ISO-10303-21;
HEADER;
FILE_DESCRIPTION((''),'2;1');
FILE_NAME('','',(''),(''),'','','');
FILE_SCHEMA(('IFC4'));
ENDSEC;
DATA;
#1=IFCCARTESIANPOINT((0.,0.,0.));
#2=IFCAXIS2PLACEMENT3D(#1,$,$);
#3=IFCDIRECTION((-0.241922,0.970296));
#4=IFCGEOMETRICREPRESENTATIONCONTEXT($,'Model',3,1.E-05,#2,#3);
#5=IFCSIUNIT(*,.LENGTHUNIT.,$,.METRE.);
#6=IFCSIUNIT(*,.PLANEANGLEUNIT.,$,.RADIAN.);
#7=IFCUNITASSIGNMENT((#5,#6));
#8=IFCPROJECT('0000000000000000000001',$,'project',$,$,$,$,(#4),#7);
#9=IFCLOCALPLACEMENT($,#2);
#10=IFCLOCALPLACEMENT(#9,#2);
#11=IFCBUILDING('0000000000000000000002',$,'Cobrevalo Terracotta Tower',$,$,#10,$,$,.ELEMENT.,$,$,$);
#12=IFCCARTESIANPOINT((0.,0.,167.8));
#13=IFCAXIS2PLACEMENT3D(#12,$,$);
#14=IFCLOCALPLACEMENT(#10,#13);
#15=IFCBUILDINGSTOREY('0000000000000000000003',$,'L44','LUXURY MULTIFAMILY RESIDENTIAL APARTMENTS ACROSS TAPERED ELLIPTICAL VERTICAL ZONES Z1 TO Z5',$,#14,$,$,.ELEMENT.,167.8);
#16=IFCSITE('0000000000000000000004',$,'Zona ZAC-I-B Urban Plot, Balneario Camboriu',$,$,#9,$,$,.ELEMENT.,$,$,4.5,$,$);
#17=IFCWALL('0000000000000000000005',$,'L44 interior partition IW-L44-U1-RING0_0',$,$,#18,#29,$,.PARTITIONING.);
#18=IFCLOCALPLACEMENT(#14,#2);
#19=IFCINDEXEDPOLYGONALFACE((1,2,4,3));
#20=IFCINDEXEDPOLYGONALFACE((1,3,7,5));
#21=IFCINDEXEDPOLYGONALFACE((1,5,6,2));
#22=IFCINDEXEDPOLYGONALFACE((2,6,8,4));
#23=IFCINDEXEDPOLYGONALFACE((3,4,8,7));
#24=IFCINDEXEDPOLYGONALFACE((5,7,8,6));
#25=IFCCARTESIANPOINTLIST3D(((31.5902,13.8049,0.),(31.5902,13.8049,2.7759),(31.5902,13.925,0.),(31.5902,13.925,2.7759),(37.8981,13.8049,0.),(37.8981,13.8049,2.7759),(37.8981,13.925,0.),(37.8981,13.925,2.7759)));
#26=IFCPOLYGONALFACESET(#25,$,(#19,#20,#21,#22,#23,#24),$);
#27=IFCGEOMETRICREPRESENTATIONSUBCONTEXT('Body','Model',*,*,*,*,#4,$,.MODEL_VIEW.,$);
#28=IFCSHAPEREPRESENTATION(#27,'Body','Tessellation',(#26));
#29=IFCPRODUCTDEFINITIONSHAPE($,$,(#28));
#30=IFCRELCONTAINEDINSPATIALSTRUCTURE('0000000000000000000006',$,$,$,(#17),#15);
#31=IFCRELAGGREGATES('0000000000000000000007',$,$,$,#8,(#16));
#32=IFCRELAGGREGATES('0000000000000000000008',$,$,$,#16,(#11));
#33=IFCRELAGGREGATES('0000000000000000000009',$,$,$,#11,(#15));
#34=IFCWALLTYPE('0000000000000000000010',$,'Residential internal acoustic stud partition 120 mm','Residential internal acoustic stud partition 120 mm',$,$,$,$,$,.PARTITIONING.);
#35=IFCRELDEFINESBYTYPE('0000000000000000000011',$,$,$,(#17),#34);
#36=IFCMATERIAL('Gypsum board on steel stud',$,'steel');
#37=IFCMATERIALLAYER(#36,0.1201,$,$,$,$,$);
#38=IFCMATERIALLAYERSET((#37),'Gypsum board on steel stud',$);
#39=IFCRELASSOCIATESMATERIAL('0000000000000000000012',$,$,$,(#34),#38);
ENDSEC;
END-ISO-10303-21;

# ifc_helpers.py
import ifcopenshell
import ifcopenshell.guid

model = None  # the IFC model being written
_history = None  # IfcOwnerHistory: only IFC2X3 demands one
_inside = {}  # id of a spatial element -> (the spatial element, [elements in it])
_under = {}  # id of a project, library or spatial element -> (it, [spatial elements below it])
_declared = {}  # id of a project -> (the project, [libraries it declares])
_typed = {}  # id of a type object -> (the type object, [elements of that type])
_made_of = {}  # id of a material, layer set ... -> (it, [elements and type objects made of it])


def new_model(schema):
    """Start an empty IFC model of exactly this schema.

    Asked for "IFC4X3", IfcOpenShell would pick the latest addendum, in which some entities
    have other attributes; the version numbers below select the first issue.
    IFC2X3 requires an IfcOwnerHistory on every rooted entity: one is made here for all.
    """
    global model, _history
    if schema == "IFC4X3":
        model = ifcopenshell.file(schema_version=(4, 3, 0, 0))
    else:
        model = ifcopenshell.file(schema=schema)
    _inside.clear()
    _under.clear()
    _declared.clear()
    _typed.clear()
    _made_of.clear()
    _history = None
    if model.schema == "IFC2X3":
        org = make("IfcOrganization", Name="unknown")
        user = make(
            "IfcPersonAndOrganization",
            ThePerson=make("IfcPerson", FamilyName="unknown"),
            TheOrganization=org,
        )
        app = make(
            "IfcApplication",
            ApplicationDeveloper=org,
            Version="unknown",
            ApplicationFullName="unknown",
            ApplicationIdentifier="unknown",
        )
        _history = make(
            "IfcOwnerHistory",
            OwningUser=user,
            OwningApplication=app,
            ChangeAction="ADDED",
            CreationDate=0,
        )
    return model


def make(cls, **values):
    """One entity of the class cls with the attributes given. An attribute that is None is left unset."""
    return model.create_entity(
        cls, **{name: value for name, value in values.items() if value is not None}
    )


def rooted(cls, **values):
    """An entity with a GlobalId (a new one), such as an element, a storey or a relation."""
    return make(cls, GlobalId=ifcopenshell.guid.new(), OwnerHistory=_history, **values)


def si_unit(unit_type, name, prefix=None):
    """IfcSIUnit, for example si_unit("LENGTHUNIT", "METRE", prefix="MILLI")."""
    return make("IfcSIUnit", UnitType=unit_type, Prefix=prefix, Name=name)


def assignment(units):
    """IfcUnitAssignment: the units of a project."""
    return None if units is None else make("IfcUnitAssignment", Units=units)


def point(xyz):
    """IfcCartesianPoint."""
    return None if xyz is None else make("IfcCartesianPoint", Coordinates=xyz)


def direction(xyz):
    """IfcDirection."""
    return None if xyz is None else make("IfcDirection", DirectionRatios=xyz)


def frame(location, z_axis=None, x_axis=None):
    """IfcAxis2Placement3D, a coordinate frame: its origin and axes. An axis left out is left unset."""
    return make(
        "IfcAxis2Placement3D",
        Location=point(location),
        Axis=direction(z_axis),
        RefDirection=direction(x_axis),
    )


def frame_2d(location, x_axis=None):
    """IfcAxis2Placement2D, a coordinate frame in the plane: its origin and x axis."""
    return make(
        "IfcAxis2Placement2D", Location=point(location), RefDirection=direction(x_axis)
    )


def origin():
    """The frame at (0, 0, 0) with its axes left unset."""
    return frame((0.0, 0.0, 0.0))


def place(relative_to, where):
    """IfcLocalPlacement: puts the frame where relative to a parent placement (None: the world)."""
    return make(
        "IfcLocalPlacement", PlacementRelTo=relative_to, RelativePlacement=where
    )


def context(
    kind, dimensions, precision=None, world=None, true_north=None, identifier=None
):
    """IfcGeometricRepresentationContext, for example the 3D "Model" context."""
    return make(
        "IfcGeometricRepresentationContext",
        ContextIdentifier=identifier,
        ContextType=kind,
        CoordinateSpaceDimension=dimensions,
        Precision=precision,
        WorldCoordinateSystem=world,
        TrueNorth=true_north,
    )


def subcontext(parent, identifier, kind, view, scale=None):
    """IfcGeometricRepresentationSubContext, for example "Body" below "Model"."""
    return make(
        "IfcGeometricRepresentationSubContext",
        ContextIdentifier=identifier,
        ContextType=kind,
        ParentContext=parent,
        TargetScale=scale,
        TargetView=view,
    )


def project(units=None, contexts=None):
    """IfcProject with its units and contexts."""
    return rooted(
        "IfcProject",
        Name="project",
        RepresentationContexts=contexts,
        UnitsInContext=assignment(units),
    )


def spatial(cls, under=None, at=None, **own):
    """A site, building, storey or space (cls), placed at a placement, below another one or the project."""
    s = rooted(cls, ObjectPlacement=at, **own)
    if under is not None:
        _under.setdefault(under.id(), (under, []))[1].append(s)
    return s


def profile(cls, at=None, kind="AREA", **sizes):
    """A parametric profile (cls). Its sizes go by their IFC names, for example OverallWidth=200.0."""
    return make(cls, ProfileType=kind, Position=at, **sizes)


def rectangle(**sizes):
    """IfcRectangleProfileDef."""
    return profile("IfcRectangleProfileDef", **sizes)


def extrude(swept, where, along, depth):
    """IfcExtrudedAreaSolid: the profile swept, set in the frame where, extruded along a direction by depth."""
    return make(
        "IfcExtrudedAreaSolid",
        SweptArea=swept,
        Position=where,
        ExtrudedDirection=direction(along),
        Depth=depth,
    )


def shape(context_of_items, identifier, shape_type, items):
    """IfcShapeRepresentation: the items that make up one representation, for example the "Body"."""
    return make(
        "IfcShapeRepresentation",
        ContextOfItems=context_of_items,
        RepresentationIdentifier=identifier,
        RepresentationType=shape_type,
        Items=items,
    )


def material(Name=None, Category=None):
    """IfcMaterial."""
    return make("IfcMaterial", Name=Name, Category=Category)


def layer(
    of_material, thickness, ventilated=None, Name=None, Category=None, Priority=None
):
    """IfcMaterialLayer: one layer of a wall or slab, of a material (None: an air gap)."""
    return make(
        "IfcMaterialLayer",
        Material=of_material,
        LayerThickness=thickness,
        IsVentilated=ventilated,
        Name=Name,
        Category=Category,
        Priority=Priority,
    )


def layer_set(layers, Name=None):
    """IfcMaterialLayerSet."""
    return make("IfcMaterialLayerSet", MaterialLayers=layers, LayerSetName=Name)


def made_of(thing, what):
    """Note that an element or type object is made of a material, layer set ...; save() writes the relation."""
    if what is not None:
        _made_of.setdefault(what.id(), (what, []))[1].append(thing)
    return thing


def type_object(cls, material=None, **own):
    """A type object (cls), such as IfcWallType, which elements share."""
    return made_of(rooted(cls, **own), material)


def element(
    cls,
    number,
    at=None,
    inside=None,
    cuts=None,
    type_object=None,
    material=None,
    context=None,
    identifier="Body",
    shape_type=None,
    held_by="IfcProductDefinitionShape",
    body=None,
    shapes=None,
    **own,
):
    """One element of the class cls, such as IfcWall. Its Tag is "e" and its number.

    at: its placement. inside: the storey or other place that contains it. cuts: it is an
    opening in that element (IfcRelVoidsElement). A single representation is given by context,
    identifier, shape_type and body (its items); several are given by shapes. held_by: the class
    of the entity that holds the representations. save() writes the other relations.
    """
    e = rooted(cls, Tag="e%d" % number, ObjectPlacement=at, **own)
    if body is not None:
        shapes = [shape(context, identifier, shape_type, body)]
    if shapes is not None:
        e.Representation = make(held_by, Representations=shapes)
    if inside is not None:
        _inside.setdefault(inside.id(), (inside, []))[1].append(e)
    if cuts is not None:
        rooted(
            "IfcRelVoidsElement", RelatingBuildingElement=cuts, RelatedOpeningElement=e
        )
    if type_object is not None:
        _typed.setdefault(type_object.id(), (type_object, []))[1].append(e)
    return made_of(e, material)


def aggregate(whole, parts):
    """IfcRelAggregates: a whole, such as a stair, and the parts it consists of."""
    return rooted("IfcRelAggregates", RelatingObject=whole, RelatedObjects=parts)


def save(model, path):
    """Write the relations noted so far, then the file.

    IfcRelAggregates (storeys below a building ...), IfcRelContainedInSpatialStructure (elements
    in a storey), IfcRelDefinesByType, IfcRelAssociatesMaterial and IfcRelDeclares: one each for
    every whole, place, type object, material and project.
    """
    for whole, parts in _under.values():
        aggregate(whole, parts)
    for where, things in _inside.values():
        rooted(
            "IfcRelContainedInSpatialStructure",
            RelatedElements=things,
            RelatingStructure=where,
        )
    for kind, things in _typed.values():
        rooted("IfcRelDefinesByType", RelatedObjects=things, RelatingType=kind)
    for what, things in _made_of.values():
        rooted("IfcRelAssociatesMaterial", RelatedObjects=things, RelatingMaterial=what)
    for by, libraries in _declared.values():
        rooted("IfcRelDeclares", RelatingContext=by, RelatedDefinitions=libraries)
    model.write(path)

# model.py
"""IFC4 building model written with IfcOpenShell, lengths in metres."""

from ifc_helpers import new_model, si_unit, direction, frame, frame_2d, origin, place, context, subcontext, project, spatial, rectangle, extrude, material, layer, layer_set, type_object, element, save


model = new_model("IFC4")

# Units and contexts
model_context = context("Model", 3, precision=1e-05, world=origin(), true_north=direction((-0.241922, 0.970296)))
body_context = subcontext(model_context, "Body", "Model", "MODEL_VIEW")
ifc_project = project(units=[si_unit("LENGTHUNIT", "METRE"), si_unit("PLANEANGLEUNIT", "RADIAN")], contexts=[model_context])

# Site, building, storey
site_placement = place(None, origin())
site = spatial("IfcSite", under=ifc_project, at=site_placement, Name="Zona ZAC-I-B Urban Plot, Balneario Camboriu", CompositionType="ELEMENT", RefElevation=4.5)
building_placement = place(site_placement, origin())
building = spatial("IfcBuilding", under=site, at=building_placement, Name="Cobrevalo Terracotta Tower", CompositionType="ELEMENT")
storey_placement = place(building_placement, frame((0.0, 0.0, 167.8)))
storey = spatial("IfcBuildingStorey", under=building, at=storey_placement, Name="L44", Description="LUXURY MULTIFAMILY RESIDENTIAL APARTMENTS ACROSS TAPERED ELLIPTICAL VERTICAL ZONES Z1 TO Z5", CompositionType="ELEMENT", Elevation=167.8)

# Wall
ifc_material_1 = material(Name="Gypsum board on steel stud", Category="steel")
ifc_layer_1 = layer(ifc_material_1, 0.1201)
ifc_layer_set_1 = layer_set([ifc_layer_1], Name="Gypsum board on steel stud")
wall_type_1 = type_object("IfcWallType", Name="Residential internal acoustic stud partition 120 mm", Description="Residential internal acoustic stud partition 120 mm", PredefinedType="PARTITIONING", material=ifc_layer_set_1)
wall_1_placement = place(storey_placement, frame((37.8979, 13.865, 0.0), z_axis=(0.0, 0.0, 1.0), x_axis=(-1.0, 0.0, 0.0)))
element("IfcWall", 1, at=wall_1_placement, inside=storey, type_object=wall_type_1, Name="L44 interior partition IW-L44-U1-RING0_0", PredefinedType="PARTITIONING", context=body_context, shape_type="SweptSolid", body=[
    extrude(rectangle(XDim=6.3079, YDim=0.1201, at=frame_2d((3.1538, 0.0))), origin(), (0.0, 0.0, 1.0), 2.7759),
])

save(model, "model.ifc")
